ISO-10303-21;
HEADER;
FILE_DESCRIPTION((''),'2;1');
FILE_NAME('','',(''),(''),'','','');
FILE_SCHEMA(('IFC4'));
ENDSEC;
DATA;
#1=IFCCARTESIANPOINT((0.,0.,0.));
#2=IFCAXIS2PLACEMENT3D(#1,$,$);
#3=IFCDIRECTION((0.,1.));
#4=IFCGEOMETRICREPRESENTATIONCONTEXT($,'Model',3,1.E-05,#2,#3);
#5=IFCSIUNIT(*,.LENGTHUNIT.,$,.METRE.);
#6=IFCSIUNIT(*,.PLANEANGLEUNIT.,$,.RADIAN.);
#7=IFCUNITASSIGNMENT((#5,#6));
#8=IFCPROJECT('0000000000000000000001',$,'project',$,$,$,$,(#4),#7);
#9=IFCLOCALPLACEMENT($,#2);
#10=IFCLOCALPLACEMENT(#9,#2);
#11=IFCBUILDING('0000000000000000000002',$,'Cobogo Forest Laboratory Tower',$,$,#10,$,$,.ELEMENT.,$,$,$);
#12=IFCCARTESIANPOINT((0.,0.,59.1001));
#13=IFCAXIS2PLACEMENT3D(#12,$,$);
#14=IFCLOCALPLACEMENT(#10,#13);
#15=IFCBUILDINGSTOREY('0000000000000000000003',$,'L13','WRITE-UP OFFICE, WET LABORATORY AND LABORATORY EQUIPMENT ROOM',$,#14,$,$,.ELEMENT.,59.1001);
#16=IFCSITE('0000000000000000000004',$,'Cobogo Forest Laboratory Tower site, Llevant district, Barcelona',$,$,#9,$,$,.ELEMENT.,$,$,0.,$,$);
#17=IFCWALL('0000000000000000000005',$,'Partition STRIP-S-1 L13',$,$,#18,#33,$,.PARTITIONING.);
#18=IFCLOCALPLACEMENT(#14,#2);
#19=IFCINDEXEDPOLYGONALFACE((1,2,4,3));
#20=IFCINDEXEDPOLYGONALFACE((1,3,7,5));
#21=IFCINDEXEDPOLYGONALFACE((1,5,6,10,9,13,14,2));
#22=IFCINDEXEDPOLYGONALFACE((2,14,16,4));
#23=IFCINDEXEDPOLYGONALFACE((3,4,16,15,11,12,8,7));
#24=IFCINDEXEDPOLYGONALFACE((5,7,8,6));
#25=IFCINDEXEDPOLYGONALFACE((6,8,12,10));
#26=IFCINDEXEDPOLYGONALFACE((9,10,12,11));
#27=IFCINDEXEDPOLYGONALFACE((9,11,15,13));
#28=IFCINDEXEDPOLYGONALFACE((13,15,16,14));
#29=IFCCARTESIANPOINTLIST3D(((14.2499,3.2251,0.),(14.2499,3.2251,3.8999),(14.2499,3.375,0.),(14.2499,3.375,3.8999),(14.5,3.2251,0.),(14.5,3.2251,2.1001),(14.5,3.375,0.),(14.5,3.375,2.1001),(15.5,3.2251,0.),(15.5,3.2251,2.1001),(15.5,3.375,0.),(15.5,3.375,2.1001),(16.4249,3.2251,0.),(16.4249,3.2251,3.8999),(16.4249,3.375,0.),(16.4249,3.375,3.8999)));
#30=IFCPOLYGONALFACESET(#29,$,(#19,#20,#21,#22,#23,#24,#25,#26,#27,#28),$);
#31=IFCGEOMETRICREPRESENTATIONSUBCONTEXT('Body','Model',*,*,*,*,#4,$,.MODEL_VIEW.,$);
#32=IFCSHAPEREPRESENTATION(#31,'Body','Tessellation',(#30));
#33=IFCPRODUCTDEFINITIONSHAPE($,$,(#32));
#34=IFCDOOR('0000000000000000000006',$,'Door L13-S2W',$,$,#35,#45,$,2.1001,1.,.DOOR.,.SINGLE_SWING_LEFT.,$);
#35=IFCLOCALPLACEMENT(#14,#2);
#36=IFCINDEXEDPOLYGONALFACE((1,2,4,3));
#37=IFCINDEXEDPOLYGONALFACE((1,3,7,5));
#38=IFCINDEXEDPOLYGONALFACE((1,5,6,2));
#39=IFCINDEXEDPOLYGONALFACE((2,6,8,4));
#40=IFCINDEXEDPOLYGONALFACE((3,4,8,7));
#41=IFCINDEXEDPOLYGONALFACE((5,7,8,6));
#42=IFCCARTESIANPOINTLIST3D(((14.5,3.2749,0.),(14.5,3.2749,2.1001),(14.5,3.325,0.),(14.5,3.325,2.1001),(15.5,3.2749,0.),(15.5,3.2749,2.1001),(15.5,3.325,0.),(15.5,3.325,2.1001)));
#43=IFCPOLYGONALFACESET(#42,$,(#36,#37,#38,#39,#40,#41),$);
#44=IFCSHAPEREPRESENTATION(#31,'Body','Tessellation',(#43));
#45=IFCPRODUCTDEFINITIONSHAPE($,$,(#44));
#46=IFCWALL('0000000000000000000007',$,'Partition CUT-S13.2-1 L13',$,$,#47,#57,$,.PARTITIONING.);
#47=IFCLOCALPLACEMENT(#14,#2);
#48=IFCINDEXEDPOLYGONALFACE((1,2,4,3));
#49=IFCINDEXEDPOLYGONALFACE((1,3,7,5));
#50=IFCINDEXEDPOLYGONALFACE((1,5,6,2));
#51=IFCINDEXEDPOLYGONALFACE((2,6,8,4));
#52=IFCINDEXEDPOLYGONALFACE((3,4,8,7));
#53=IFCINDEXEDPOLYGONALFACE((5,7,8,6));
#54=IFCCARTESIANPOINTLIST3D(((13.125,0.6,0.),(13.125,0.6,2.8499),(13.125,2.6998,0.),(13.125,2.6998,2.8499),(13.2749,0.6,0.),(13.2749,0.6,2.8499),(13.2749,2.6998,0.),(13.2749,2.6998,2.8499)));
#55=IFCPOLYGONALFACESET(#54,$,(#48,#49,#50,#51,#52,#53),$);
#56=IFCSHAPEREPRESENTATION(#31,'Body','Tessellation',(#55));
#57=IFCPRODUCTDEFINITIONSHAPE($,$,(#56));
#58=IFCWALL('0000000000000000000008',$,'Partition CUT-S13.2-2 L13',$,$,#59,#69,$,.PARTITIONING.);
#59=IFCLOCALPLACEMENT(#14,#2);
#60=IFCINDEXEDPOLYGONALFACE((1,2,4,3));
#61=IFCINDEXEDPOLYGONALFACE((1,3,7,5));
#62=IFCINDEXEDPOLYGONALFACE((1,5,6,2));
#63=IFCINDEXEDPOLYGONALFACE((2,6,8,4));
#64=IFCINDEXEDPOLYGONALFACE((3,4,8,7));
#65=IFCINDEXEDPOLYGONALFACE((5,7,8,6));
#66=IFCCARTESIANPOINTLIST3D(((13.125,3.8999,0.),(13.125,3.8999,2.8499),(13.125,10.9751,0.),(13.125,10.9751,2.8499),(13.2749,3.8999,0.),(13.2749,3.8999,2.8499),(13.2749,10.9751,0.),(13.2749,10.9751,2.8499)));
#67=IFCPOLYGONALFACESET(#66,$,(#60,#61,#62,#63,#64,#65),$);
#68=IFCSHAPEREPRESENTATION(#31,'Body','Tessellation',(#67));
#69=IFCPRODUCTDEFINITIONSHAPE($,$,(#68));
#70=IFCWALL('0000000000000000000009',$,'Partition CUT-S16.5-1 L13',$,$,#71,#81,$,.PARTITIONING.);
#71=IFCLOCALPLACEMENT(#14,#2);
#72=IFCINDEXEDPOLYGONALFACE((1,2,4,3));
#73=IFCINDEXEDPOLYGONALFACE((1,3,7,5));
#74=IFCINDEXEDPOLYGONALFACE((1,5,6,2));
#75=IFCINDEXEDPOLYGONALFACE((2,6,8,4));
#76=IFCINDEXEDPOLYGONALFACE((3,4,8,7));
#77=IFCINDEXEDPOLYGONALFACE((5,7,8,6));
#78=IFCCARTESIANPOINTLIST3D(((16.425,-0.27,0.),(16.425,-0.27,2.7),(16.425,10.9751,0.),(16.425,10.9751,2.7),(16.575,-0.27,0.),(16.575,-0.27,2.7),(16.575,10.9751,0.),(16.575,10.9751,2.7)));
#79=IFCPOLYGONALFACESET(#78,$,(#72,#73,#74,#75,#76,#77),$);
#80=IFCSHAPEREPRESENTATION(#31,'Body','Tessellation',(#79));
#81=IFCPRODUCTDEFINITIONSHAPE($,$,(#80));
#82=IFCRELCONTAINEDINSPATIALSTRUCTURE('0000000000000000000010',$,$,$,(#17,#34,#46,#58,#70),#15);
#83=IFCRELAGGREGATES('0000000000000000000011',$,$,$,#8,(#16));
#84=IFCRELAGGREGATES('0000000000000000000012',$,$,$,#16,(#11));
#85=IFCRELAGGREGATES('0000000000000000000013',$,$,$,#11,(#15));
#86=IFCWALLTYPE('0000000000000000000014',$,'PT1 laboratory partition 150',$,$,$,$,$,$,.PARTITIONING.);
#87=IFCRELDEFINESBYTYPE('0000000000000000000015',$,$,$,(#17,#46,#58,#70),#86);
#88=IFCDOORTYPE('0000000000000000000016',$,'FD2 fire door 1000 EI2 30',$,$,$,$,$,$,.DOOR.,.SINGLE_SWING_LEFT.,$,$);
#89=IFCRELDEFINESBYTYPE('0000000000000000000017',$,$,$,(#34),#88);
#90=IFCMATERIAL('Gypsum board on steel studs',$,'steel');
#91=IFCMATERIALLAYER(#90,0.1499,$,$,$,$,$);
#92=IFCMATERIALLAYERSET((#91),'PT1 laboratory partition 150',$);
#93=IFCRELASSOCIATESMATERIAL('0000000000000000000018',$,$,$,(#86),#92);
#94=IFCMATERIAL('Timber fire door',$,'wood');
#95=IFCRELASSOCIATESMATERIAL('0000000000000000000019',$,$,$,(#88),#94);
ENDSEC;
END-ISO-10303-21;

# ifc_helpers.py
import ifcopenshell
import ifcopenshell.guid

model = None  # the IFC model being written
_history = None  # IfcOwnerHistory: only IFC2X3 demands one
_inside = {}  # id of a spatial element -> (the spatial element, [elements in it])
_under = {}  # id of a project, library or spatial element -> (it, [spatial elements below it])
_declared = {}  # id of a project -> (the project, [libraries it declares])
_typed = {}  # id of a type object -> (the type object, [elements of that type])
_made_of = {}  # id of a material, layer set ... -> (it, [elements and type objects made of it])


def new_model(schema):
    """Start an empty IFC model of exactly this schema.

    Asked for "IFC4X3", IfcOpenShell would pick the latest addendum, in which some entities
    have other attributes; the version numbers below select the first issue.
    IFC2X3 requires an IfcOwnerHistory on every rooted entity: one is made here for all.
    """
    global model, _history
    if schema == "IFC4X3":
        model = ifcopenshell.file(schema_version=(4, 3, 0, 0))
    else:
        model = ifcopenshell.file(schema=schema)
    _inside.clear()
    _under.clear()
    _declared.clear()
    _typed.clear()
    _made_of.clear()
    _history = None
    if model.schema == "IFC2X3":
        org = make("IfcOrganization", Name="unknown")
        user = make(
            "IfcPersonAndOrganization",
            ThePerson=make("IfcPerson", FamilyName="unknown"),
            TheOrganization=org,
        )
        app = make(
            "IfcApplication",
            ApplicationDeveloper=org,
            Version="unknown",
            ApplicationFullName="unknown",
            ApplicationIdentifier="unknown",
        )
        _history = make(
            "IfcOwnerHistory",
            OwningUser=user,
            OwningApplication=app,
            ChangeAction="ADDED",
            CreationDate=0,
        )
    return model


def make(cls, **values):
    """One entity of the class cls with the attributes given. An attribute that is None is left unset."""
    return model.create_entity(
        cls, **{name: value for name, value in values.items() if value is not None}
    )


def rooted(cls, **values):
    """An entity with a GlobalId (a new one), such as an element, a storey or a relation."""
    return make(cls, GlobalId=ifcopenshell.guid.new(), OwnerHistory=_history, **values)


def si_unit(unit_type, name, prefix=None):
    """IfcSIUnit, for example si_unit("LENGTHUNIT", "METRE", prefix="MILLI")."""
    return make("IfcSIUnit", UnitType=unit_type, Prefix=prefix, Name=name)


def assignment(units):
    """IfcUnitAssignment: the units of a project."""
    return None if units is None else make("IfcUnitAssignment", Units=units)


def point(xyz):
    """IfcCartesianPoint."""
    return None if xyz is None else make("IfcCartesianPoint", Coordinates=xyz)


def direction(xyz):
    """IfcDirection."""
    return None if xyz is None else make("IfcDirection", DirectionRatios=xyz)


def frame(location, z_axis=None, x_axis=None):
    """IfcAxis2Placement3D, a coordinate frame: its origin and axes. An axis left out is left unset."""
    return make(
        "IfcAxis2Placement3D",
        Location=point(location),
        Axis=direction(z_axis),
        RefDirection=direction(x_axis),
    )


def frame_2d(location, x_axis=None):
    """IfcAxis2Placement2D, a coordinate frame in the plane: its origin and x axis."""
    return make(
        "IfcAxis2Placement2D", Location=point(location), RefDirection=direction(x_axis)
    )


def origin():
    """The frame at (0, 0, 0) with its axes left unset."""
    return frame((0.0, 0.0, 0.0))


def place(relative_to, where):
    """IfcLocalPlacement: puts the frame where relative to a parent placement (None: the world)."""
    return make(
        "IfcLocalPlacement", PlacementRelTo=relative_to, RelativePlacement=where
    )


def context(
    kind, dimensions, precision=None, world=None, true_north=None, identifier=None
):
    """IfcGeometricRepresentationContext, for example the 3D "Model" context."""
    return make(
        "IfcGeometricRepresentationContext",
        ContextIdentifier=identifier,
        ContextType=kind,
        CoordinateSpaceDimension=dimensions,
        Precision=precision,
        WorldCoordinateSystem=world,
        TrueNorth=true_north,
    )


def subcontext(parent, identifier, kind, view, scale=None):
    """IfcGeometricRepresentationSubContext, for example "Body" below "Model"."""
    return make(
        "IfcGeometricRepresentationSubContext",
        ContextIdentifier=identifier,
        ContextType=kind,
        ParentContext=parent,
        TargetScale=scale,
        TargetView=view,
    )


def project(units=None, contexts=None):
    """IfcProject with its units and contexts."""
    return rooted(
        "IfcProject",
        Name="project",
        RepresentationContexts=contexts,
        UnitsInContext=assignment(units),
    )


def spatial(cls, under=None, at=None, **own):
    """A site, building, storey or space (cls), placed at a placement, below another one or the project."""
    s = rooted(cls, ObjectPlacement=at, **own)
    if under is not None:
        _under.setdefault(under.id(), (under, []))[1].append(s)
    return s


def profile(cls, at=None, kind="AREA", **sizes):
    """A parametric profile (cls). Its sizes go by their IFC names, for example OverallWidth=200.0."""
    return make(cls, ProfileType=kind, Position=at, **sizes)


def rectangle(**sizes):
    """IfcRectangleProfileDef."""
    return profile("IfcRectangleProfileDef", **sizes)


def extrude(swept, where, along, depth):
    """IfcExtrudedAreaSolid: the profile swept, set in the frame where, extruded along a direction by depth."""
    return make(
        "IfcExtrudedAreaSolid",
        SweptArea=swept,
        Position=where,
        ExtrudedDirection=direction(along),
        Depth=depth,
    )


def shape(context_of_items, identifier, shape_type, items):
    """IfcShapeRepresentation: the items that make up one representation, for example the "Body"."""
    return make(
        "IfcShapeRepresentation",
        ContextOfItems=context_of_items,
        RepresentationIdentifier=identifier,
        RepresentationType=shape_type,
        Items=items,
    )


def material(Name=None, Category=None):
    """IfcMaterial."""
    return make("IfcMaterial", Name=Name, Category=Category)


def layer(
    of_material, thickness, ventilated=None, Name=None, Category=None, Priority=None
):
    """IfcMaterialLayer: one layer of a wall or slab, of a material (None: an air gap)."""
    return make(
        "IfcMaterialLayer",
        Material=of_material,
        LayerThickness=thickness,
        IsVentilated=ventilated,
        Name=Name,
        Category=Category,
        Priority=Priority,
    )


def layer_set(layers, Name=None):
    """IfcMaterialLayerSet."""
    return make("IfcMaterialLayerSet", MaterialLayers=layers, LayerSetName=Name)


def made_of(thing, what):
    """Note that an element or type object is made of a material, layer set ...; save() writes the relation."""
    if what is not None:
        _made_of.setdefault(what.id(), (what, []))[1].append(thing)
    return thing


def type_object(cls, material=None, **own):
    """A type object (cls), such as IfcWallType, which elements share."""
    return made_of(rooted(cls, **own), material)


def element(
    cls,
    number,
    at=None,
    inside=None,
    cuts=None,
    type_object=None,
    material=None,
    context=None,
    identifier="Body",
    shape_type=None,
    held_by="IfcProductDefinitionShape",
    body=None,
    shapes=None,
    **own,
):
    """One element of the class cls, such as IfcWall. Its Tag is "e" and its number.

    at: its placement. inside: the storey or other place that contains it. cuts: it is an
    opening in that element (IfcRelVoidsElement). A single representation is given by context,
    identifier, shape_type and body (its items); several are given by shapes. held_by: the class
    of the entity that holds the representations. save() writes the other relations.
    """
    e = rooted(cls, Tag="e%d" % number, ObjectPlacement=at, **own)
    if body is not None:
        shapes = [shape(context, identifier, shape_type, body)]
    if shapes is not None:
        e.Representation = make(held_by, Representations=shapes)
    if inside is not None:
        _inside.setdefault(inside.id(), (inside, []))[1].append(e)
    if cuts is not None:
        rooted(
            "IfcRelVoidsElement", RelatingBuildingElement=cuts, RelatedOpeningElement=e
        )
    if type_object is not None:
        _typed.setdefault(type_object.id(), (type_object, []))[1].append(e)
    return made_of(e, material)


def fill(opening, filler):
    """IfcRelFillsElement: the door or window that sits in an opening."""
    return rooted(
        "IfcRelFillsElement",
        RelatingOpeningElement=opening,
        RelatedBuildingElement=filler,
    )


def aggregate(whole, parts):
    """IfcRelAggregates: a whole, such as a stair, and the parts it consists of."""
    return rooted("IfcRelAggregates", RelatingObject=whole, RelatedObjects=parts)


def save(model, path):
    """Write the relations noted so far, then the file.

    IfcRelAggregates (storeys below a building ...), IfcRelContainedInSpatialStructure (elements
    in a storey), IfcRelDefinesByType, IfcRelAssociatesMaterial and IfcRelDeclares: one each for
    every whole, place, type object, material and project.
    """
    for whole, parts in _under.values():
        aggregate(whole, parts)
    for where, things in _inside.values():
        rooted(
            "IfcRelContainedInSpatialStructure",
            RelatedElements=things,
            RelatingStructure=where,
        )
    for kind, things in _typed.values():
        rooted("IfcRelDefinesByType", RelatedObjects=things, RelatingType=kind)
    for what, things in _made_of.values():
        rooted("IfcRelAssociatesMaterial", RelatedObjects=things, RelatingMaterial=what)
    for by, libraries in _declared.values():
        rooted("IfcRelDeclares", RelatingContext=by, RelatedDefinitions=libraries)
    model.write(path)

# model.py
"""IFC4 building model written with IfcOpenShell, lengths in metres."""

from ifc_helpers import new_model, si_unit, direction, frame, frame_2d, origin, place, context, subcontext, project, spatial, rectangle, extrude, material, layer, layer_set, type_object, element, fill, save


model = new_model("IFC4")

# Units and contexts
model_context = context("Model", 3, precision=1e-05, world=origin(), true_north=direction((0.0, 1.0)))
body_context = subcontext(model_context, "Body", "Model", "MODEL_VIEW")
ifc_project = project(units=[si_unit("LENGTHUNIT", "METRE"), si_unit("PLANEANGLEUNIT", "RADIAN")], contexts=[model_context])

# Site, building, storey
site_placement = place(None, origin())
site = spatial("IfcSite", under=ifc_project, at=site_placement, Name="Cobogo Forest Laboratory Tower site, Llevant district, Barcelona", CompositionType="ELEMENT", RefElevation=0.0)
building_placement = place(site_placement, origin())
building = spatial("IfcBuilding", under=site, at=building_placement, Name="Cobogo Forest Laboratory Tower", CompositionType="ELEMENT")
storey_placement = place(building_placement, frame((0.0, 0.0, 59.1001)))
storey = spatial("IfcBuildingStorey", under=building, at=storey_placement, Name="L13", Description="WRITE-UP OFFICE, WET LABORATORY AND LABORATORY EQUIPMENT ROOM", CompositionType="ELEMENT", Elevation=59.1001)

# Wall, opening, door
ifc_material_1 = material(Name="Gypsum board on steel studs", Category="steel")
ifc_layer_1 = layer(ifc_material_1, 0.1499)
ifc_layer_set_1 = layer_set([ifc_layer_1], Name="PT1 laboratory partition 150")
wall_type = type_object("IfcWallType", Name="PT1 laboratory partition 150", PredefinedType="PARTITIONING", material=ifc_layer_set_1)
wall_1_placement = place(storey_placement, frame((14.25, 3.3, 0.0), z_axis=(0.0, 0.0, 1.0), x_axis=(1.0, 0.0, 0.0)))
wall_1 = element("IfcWall", 1, at=wall_1_placement, inside=storey, type_object=wall_type, Name="Partition STRIP-S-1 L13", PredefinedType="PARTITIONING", context=body_context, shape_type="SweptSolid", body=[
    extrude(rectangle(XDim=2.175, YDim=0.1499, at=frame_2d((1.0874, 0.0))), origin(), (0.0, 0.0, 1.0), 3.8999),
])
opening_placement = place(wall_1_placement, frame((0.25, 0.0, 0.0)))
opening = element("IfcOpeningElement", 2, at=opening_placement, cuts=wall_1, PredefinedType="OPENING", context=body_context, shape_type="SweptSolid", body=[
    extrude(rectangle(XDim=1.0, YDim=2.1001, at=frame_2d((0.5, 1.05))), frame((0.0, 0.085, 0.0), z_axis=(0.0, -1.0, 0.0), x_axis=(1.0, 0.0, 0.0)), (0.0, 0.0, 1.0), 0.1699),
])
ifc_material_2 = material(Name="Timber fire door", Category="wood")
door_type = type_object("IfcDoorType", Name="FD2 fire door 1000 EI2 30", OperationType="SINGLE_SWING_LEFT", PredefinedType="DOOR", material=ifc_material_2)
door_placement = place(opening_placement, origin())
door = element("IfcDoor", 3, at=door_placement, inside=storey, type_object=door_type, Name="Door L13-S2W", OperationType="SINGLE_SWING_LEFT", OverallHeight=2.1001, OverallWidth=1.0, PredefinedType="DOOR", context=body_context, shape_type="SweptSolid", body=[
    extrude(rectangle(XDim=1.0, YDim=2.1001, at=frame_2d((0.5, 1.05))), frame((0.0, 0.0249, 0.0), z_axis=(0.0, -1.0, 0.0), x_axis=(1.0, 0.0, 0.0)), (0.0, 0.0, 1.0), 0.05),
])
fill(opening, door)

# Walls
wall_2_placement = place(storey_placement, frame((13.2, 0.6001, 0.0), z_axis=(0.0, 0.0, 1.0), x_axis=(0.0, 1.0, 0.0)))
element("IfcWall", 4, at=wall_2_placement, inside=storey, type_object=wall_type, Name="Partition CUT-S13.2-1 L13", PredefinedType="PARTITIONING", context=body_context, shape_type="SweptSolid", body=[
    extrude(rectangle(XDim=2.0999, YDim=0.1499, at=frame_2d((1.0498, 0.0))), origin(), (0.0, 0.0, 1.0), 2.8499),
])
wall_3_placement = place(storey_placement, frame((13.2, 3.8999, 0.0), z_axis=(0.0, 0.0, 1.0), x_axis=(0.0, 1.0, 0.0)))
element("IfcWall", 5, at=wall_3_placement, inside=storey, type_object=wall_type, Name="Partition CUT-S13.2-2 L13", PredefinedType="PARTITIONING", context=body_context, shape_type="SweptSolid", body=[
    extrude(rectangle(XDim=7.0752, YDim=0.1499, at=frame_2d((3.5376, 0.0))), origin(), (0.0, 0.0, 1.0), 2.8499),
])
wall_4_placement = place(storey_placement, frame((16.5, -0.27, 0.0), z_axis=(0.0, 0.0, 1.0), x_axis=(0.0, 1.0, 0.0)))
element("IfcWall", 6, at=wall_4_placement, inside=storey, type_object=wall_type, Name="Partition CUT-S16.5-1 L13", PredefinedType="PARTITIONING", context=body_context, shape_type="SweptSolid", body=[
    extrude(rectangle(XDim=11.2451, YDim=0.1499, at=frame_2d((5.6226, 0.0))), origin(), (0.0, 0.0, 1.0), 2.7),
])

save(model, "model.ifc")
